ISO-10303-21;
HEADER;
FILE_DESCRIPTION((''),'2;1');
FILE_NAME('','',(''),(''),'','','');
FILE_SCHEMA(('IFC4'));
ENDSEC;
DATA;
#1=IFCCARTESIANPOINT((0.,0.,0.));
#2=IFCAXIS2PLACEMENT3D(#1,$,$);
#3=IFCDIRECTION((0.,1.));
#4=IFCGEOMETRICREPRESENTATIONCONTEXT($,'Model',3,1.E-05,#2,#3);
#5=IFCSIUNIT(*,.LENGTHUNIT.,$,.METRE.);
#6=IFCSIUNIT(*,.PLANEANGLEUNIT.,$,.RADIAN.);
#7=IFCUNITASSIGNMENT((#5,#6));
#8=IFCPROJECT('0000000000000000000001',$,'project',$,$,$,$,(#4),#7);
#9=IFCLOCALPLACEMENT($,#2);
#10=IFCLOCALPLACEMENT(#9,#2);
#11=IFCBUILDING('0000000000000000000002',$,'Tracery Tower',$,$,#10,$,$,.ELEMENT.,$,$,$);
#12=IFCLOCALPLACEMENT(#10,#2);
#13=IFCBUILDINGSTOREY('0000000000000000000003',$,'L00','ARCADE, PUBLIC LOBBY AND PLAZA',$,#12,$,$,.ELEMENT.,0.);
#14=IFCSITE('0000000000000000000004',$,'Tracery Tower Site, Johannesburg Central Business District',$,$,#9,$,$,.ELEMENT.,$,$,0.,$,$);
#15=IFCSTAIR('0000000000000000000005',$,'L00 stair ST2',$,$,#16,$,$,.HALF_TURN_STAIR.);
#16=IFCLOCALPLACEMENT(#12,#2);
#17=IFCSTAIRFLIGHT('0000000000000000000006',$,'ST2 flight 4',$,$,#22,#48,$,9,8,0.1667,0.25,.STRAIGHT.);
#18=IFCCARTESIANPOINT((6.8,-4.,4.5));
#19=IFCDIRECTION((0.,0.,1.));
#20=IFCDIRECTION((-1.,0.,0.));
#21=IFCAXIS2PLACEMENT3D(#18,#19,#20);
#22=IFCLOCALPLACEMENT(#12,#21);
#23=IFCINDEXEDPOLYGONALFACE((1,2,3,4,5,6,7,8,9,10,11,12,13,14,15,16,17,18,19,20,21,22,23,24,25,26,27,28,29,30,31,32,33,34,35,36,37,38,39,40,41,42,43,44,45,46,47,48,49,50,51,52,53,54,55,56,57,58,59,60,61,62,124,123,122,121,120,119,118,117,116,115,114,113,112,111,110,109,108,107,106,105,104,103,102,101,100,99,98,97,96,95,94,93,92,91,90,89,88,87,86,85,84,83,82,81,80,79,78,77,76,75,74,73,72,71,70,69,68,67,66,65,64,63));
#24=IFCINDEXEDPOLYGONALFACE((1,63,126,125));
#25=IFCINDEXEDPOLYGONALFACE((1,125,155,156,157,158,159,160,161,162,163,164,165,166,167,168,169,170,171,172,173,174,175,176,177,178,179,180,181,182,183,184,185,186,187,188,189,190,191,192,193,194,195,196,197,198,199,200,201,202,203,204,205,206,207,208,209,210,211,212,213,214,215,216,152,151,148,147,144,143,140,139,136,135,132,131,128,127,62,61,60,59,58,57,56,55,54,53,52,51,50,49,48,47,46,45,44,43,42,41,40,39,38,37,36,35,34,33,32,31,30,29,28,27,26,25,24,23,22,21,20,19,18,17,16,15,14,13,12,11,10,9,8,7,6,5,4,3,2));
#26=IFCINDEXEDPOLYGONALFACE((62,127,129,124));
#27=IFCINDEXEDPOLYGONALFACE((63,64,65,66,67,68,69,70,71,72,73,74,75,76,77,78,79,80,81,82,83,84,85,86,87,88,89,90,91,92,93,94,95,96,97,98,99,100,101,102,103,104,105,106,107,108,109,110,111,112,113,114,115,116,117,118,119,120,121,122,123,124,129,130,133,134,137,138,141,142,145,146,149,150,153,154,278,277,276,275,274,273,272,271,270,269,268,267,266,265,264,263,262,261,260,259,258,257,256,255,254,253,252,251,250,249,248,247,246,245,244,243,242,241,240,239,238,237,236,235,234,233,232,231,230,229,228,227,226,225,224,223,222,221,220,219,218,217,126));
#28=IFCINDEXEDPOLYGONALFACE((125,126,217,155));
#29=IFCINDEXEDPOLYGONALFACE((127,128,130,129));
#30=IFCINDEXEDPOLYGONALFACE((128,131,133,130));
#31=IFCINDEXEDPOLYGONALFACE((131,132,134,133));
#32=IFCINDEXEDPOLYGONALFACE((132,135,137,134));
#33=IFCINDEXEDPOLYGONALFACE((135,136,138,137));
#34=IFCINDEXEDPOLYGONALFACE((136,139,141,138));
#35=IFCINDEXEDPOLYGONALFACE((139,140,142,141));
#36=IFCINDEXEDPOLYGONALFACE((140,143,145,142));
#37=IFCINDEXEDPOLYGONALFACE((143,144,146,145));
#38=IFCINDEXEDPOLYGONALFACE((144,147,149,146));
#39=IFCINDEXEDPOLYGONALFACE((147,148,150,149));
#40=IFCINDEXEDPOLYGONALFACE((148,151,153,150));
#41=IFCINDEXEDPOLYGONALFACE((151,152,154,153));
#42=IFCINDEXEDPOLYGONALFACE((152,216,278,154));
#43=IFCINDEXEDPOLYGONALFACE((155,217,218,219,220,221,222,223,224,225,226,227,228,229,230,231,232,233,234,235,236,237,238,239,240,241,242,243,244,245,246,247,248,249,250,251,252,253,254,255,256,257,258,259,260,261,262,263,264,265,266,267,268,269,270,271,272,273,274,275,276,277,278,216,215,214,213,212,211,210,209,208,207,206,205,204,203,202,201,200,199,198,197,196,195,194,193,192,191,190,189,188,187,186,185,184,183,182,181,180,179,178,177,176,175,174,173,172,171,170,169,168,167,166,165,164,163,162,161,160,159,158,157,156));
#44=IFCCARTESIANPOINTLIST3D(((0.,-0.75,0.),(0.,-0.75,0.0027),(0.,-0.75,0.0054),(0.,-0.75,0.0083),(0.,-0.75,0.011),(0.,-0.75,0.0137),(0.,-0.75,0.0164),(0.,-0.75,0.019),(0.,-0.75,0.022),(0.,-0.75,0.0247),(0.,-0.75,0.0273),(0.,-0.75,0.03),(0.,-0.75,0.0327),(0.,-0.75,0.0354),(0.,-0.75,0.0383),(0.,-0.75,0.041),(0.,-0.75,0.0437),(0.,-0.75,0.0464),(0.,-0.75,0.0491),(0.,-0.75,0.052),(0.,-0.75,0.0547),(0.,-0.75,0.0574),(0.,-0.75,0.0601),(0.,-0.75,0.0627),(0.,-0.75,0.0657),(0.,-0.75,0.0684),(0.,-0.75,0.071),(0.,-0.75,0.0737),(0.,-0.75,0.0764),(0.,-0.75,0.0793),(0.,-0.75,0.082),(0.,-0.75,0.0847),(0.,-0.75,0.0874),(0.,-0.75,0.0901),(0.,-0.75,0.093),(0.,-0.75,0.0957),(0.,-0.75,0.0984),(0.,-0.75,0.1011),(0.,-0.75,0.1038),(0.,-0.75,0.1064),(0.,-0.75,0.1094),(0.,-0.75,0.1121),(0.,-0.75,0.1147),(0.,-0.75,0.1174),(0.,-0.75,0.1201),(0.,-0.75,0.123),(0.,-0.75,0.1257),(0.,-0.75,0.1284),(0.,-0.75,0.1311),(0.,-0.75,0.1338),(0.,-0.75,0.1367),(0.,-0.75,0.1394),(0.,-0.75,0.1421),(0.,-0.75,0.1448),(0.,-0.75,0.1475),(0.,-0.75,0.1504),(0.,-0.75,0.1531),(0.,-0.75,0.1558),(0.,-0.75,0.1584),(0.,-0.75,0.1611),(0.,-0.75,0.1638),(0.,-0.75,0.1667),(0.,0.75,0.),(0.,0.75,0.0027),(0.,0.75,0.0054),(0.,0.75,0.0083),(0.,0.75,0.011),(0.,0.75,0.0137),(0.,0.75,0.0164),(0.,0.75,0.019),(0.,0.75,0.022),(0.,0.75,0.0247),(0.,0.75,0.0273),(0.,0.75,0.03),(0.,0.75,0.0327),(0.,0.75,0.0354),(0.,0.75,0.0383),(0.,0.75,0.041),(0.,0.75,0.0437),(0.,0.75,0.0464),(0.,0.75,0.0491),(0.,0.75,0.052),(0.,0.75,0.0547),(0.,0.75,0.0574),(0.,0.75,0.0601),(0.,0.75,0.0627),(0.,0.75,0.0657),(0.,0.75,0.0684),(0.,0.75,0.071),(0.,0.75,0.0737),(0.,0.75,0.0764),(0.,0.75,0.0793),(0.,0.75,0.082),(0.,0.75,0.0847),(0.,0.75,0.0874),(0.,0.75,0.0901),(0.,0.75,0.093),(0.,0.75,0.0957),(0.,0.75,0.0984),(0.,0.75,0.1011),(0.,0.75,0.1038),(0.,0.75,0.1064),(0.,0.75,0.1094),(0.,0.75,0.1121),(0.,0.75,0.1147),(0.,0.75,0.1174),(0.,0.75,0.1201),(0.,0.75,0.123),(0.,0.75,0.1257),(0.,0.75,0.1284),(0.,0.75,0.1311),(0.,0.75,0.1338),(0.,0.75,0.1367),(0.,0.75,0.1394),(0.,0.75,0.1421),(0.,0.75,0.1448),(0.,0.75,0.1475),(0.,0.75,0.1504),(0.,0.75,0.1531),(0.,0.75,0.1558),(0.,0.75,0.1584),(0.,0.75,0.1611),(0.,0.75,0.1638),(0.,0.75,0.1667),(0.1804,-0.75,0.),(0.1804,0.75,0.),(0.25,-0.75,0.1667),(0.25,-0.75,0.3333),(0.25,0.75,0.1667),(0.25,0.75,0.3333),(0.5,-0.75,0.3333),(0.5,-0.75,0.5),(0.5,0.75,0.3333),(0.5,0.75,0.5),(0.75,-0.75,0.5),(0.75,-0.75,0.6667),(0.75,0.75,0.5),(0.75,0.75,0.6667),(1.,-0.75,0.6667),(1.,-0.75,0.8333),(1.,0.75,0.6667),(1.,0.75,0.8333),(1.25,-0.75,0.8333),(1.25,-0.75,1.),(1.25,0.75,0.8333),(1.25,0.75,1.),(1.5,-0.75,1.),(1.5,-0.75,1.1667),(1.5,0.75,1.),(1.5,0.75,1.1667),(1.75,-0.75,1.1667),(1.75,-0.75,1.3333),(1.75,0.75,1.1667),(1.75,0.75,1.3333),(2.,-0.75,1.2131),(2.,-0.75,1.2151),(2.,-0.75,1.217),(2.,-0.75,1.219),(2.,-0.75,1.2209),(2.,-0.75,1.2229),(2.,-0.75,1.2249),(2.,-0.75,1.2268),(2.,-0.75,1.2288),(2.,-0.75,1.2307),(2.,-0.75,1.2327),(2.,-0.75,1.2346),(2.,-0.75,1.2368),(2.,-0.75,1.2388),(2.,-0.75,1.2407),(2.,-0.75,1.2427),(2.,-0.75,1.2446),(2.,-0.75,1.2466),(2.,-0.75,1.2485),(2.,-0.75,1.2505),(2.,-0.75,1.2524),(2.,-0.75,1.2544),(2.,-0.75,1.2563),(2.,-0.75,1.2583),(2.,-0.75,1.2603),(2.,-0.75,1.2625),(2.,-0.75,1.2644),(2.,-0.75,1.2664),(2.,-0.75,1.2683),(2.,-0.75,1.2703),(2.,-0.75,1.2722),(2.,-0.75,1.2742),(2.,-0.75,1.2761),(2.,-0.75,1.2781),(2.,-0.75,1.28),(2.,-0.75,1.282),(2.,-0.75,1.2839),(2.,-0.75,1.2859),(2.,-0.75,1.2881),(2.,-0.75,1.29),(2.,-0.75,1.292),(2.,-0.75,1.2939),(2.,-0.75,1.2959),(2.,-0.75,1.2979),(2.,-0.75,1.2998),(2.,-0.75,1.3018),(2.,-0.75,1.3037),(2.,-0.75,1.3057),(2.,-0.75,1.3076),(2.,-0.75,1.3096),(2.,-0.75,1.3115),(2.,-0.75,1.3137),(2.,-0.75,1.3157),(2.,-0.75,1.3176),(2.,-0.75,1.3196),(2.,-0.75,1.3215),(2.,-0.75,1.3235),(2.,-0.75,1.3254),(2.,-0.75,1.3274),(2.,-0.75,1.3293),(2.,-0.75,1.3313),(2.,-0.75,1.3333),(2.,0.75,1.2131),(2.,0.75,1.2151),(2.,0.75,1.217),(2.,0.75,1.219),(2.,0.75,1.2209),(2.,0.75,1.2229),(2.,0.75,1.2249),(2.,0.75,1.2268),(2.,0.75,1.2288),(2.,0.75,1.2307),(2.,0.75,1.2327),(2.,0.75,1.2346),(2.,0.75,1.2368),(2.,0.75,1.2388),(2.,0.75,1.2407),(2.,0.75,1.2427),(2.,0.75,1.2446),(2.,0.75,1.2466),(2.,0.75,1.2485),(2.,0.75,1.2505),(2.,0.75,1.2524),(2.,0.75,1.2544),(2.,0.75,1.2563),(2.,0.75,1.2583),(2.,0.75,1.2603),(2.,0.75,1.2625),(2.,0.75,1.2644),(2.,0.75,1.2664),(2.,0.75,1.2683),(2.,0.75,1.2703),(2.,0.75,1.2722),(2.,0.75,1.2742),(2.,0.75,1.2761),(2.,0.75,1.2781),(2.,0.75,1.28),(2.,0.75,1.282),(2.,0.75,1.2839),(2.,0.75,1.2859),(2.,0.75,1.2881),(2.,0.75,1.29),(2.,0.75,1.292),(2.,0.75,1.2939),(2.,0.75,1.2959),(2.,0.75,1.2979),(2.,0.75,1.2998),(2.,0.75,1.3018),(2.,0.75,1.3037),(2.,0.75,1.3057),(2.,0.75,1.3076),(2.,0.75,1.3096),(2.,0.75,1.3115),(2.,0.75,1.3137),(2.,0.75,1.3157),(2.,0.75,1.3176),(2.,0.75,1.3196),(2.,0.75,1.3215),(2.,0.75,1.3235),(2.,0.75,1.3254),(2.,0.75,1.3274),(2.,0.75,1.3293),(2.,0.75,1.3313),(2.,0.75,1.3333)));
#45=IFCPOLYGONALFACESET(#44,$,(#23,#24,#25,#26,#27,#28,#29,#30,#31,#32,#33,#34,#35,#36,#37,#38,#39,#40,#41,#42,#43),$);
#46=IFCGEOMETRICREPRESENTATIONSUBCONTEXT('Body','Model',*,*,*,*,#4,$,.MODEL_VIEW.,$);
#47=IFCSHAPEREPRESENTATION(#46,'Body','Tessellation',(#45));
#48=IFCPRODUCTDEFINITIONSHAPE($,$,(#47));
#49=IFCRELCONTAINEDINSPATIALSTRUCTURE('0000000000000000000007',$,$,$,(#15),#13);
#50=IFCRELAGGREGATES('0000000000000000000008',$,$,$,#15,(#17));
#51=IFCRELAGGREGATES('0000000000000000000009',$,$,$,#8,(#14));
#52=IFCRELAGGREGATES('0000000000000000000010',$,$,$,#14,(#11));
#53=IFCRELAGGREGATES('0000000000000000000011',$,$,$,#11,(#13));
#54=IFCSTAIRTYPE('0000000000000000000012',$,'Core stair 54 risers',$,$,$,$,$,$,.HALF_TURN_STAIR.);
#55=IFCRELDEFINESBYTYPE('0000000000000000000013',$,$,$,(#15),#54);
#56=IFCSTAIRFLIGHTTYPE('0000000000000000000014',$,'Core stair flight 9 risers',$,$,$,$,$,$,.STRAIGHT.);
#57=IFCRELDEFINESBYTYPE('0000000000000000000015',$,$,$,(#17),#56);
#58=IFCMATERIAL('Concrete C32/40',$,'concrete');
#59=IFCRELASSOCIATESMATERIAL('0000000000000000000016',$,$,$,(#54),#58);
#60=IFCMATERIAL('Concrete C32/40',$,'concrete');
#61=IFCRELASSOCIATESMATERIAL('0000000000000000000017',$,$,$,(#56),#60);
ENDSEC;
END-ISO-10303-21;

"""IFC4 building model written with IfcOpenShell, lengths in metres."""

from ifc_helpers import new_model, si_unit, direction, frame, origin, place, context, subcontext, project, spatial, polyline, outline, extrude, material, type_object, element, aggregate, save


model = new_model("IFC4")

# Units and contexts
model_context = context("Model", 3, precision=1e-05, world=origin(), true_north=direction((0.0, 1.0)))
body_context = subcontext(model_context, "Body", "Model", "MODEL_VIEW")
ifc_project = project(units=[si_unit("LENGTHUNIT", "METRE"), si_unit("PLANEANGLEUNIT", "RADIAN")], contexts=[model_context])

# Site, building, storey
site_placement = place(None, origin())
site = spatial("IfcSite", under=ifc_project, at=site_placement, Name="Tracery Tower Site, Johannesburg Central Business District", CompositionType="ELEMENT", RefElevation=0.0)
building_placement = place(site_placement, origin())
building = spatial("IfcBuilding", under=site, at=building_placement, Name="Tracery Tower", CompositionType="ELEMENT")
storey_placement = place(building_placement, origin())
storey = spatial("IfcBuildingStorey", under=building, at=storey_placement, Name="L00", Description="ARCADE, PUBLIC LOBBY AND PLAZA", CompositionType="ELEMENT", Elevation=0.0)

# Stair, stair flight
ifc_material_1 = material(Name="Concrete C32/40", Category="concrete")
stair_type = type_object("IfcStairType", Name="Core stair 54 risers", PredefinedType="HALF_TURN_STAIR", material=ifc_material_1)
stair_placement = place(storey_placement, origin())
stair = element("IfcStair", 1, at=stair_placement, inside=storey, type_object=stair_type, Name="L00 stair ST2", PredefinedType="HALF_TURN_STAIR")
ifc_material_2 = material(Name="Concrete C32/40", Category="concrete")
stair_flight_type = type_object("IfcStairFlightType", Name="Core stair flight 9 risers", PredefinedType="STRAIGHT", material=ifc_material_2)
stair_flight_1_placement = place(storey_placement, frame((6.8, -4.0, 4.5), z_axis=(0.0, 0.0, 1.0), x_axis=(-1.0, 0.0, 0.0)))
stair_flight_1 = element("IfcStairFlight", 2, at=stair_flight_1_placement, type_object=stair_flight_type, Name="ST2 flight 4", NumberOfRisers=9, NumberOfTreads=8, PredefinedType="STRAIGHT", RiserHeight=0.1667, TreadLength=0.25, context=body_context, shape_type="SweptSolid", body=[
    extrude(outline(polyline([(0.0, 0.0), (0.0, 0.0027), (0.0, 0.0054), (0.0, 0.0083), (0.0, 0.011), (0.0, 0.0137), (0.0, 0.0164), (0.0, 0.019), (0.0, 0.022), (0.0, 0.0247), (0.0, 0.0273), (0.0, 0.03), (0.0, 0.0327), (0.0, 0.0354), (0.0, 0.0383), (0.0, 0.041), (0.0, 0.0437), (0.0, 0.0464), (0.0, 0.0491), (0.0, 0.052), (0.0, 0.0547), (0.0, 0.0574), (0.0, 0.0601), (0.0, 0.0627), (0.0, 0.0657), (0.0, 0.0684), (0.0, 0.071), (0.0, 0.0737), (0.0, 0.0764), (0.0, 0.0793), (0.0, 0.082), (0.0, 0.0847), (0.0, 0.0874), (0.0, 0.0901), (0.0, 0.093), (0.0, 0.0957), (0.0, 0.0984), (0.0, 0.1011), (0.0, 0.1038), (0.0, 0.1064), (0.0, 0.1094), (0.0, 0.1121), (0.0, 0.1147), (0.0, 0.1174), (0.0, 0.1201), (0.0, 0.123), (0.0, 0.1257), (0.0, 0.1284), (0.0, 0.1311), (0.0, 0.1338), (0.0, 0.1367), (0.0, 0.1394), (0.0, 0.1421), (0.0, 0.1448), (0.0, 0.1475), (0.0, 0.1504), (0.0, 0.1531), (0.0, 0.1558), (0.0, 0.1584), (0.0, 0.1611), (0.0, 0.1638), (0.0, 0.1667), (0.25, 0.1667), (0.25, 0.3333), (0.5, 0.3333), (0.5, 0.5), (0.75, 0.5), (0.75, 0.6667), (1.0, 0.6667), (1.0, 0.8333), (1.25, 0.8333), (1.25, 1.0), (1.5, 1.0), (1.5, 1.1667), (1.75, 1.1667), (1.75, 1.3333), (2.0, 1.3333), (2.0, 1.3313), (2.0, 1.3293), (2.0, 1.3274), (2.0, 1.3254), (2.0, 1.3235), (2.0, 1.3215), (2.0, 1.3196), (2.0, 1.3176), (2.0, 1.3157), (2.0, 1.3137), (2.0, 1.3115), (2.0, 1.3096), (2.0, 1.3076), (2.0, 1.3057), (2.0, 1.3037), (2.0, 1.3018), (2.0, 1.2998), (2.0, 1.2979), (2.0, 1.2959), (2.0, 1.2939), (2.0, 1.292), (2.0, 1.29), (2.0, 1.2881), (2.0, 1.2859), (2.0, 1.2839), (2.0, 1.282), (2.0, 1.28), (2.0, 1.2781), (2.0, 1.2761), (2.0, 1.2742), (2.0, 1.2722), (2.0, 1.2703), (2.0, 1.2683), (2.0, 1.2664), (2.0, 1.2644), (2.0, 1.2625), (2.0, 1.2603), (2.0, 1.2583), (2.0, 1.2563), (2.0, 1.2544), (2.0, 1.2524), (2.0, 1.2505), (2.0, 1.2485), (2.0, 1.2466), (2.0, 1.2446), (2.0, 1.2427), (2.0, 1.2407), (2.0, 1.2388), (2.0, 1.2368), (2.0, 1.2346), (2.0, 1.2327), (2.0, 1.2307), (2.0, 1.2288), (2.0, 1.2268), (2.0, 1.2249), (2.0, 1.2229), (2.0, 1.2209), (2.0, 1.219), (2.0, 1.217), (2.0, 1.2151), (2.0, 1.2131), (0.1804, 0.0), (0.0, 0.0)])), frame((0.0, 0.75, 0.0), z_axis=(0.0, -1.0, 0.0), x_axis=(1.0, 0.0, 0.0)), (0.0, 0.0, 1.0), 1.5),
])
aggregate(stair, [stair_flight_1])

save(model, "model.ifc")
